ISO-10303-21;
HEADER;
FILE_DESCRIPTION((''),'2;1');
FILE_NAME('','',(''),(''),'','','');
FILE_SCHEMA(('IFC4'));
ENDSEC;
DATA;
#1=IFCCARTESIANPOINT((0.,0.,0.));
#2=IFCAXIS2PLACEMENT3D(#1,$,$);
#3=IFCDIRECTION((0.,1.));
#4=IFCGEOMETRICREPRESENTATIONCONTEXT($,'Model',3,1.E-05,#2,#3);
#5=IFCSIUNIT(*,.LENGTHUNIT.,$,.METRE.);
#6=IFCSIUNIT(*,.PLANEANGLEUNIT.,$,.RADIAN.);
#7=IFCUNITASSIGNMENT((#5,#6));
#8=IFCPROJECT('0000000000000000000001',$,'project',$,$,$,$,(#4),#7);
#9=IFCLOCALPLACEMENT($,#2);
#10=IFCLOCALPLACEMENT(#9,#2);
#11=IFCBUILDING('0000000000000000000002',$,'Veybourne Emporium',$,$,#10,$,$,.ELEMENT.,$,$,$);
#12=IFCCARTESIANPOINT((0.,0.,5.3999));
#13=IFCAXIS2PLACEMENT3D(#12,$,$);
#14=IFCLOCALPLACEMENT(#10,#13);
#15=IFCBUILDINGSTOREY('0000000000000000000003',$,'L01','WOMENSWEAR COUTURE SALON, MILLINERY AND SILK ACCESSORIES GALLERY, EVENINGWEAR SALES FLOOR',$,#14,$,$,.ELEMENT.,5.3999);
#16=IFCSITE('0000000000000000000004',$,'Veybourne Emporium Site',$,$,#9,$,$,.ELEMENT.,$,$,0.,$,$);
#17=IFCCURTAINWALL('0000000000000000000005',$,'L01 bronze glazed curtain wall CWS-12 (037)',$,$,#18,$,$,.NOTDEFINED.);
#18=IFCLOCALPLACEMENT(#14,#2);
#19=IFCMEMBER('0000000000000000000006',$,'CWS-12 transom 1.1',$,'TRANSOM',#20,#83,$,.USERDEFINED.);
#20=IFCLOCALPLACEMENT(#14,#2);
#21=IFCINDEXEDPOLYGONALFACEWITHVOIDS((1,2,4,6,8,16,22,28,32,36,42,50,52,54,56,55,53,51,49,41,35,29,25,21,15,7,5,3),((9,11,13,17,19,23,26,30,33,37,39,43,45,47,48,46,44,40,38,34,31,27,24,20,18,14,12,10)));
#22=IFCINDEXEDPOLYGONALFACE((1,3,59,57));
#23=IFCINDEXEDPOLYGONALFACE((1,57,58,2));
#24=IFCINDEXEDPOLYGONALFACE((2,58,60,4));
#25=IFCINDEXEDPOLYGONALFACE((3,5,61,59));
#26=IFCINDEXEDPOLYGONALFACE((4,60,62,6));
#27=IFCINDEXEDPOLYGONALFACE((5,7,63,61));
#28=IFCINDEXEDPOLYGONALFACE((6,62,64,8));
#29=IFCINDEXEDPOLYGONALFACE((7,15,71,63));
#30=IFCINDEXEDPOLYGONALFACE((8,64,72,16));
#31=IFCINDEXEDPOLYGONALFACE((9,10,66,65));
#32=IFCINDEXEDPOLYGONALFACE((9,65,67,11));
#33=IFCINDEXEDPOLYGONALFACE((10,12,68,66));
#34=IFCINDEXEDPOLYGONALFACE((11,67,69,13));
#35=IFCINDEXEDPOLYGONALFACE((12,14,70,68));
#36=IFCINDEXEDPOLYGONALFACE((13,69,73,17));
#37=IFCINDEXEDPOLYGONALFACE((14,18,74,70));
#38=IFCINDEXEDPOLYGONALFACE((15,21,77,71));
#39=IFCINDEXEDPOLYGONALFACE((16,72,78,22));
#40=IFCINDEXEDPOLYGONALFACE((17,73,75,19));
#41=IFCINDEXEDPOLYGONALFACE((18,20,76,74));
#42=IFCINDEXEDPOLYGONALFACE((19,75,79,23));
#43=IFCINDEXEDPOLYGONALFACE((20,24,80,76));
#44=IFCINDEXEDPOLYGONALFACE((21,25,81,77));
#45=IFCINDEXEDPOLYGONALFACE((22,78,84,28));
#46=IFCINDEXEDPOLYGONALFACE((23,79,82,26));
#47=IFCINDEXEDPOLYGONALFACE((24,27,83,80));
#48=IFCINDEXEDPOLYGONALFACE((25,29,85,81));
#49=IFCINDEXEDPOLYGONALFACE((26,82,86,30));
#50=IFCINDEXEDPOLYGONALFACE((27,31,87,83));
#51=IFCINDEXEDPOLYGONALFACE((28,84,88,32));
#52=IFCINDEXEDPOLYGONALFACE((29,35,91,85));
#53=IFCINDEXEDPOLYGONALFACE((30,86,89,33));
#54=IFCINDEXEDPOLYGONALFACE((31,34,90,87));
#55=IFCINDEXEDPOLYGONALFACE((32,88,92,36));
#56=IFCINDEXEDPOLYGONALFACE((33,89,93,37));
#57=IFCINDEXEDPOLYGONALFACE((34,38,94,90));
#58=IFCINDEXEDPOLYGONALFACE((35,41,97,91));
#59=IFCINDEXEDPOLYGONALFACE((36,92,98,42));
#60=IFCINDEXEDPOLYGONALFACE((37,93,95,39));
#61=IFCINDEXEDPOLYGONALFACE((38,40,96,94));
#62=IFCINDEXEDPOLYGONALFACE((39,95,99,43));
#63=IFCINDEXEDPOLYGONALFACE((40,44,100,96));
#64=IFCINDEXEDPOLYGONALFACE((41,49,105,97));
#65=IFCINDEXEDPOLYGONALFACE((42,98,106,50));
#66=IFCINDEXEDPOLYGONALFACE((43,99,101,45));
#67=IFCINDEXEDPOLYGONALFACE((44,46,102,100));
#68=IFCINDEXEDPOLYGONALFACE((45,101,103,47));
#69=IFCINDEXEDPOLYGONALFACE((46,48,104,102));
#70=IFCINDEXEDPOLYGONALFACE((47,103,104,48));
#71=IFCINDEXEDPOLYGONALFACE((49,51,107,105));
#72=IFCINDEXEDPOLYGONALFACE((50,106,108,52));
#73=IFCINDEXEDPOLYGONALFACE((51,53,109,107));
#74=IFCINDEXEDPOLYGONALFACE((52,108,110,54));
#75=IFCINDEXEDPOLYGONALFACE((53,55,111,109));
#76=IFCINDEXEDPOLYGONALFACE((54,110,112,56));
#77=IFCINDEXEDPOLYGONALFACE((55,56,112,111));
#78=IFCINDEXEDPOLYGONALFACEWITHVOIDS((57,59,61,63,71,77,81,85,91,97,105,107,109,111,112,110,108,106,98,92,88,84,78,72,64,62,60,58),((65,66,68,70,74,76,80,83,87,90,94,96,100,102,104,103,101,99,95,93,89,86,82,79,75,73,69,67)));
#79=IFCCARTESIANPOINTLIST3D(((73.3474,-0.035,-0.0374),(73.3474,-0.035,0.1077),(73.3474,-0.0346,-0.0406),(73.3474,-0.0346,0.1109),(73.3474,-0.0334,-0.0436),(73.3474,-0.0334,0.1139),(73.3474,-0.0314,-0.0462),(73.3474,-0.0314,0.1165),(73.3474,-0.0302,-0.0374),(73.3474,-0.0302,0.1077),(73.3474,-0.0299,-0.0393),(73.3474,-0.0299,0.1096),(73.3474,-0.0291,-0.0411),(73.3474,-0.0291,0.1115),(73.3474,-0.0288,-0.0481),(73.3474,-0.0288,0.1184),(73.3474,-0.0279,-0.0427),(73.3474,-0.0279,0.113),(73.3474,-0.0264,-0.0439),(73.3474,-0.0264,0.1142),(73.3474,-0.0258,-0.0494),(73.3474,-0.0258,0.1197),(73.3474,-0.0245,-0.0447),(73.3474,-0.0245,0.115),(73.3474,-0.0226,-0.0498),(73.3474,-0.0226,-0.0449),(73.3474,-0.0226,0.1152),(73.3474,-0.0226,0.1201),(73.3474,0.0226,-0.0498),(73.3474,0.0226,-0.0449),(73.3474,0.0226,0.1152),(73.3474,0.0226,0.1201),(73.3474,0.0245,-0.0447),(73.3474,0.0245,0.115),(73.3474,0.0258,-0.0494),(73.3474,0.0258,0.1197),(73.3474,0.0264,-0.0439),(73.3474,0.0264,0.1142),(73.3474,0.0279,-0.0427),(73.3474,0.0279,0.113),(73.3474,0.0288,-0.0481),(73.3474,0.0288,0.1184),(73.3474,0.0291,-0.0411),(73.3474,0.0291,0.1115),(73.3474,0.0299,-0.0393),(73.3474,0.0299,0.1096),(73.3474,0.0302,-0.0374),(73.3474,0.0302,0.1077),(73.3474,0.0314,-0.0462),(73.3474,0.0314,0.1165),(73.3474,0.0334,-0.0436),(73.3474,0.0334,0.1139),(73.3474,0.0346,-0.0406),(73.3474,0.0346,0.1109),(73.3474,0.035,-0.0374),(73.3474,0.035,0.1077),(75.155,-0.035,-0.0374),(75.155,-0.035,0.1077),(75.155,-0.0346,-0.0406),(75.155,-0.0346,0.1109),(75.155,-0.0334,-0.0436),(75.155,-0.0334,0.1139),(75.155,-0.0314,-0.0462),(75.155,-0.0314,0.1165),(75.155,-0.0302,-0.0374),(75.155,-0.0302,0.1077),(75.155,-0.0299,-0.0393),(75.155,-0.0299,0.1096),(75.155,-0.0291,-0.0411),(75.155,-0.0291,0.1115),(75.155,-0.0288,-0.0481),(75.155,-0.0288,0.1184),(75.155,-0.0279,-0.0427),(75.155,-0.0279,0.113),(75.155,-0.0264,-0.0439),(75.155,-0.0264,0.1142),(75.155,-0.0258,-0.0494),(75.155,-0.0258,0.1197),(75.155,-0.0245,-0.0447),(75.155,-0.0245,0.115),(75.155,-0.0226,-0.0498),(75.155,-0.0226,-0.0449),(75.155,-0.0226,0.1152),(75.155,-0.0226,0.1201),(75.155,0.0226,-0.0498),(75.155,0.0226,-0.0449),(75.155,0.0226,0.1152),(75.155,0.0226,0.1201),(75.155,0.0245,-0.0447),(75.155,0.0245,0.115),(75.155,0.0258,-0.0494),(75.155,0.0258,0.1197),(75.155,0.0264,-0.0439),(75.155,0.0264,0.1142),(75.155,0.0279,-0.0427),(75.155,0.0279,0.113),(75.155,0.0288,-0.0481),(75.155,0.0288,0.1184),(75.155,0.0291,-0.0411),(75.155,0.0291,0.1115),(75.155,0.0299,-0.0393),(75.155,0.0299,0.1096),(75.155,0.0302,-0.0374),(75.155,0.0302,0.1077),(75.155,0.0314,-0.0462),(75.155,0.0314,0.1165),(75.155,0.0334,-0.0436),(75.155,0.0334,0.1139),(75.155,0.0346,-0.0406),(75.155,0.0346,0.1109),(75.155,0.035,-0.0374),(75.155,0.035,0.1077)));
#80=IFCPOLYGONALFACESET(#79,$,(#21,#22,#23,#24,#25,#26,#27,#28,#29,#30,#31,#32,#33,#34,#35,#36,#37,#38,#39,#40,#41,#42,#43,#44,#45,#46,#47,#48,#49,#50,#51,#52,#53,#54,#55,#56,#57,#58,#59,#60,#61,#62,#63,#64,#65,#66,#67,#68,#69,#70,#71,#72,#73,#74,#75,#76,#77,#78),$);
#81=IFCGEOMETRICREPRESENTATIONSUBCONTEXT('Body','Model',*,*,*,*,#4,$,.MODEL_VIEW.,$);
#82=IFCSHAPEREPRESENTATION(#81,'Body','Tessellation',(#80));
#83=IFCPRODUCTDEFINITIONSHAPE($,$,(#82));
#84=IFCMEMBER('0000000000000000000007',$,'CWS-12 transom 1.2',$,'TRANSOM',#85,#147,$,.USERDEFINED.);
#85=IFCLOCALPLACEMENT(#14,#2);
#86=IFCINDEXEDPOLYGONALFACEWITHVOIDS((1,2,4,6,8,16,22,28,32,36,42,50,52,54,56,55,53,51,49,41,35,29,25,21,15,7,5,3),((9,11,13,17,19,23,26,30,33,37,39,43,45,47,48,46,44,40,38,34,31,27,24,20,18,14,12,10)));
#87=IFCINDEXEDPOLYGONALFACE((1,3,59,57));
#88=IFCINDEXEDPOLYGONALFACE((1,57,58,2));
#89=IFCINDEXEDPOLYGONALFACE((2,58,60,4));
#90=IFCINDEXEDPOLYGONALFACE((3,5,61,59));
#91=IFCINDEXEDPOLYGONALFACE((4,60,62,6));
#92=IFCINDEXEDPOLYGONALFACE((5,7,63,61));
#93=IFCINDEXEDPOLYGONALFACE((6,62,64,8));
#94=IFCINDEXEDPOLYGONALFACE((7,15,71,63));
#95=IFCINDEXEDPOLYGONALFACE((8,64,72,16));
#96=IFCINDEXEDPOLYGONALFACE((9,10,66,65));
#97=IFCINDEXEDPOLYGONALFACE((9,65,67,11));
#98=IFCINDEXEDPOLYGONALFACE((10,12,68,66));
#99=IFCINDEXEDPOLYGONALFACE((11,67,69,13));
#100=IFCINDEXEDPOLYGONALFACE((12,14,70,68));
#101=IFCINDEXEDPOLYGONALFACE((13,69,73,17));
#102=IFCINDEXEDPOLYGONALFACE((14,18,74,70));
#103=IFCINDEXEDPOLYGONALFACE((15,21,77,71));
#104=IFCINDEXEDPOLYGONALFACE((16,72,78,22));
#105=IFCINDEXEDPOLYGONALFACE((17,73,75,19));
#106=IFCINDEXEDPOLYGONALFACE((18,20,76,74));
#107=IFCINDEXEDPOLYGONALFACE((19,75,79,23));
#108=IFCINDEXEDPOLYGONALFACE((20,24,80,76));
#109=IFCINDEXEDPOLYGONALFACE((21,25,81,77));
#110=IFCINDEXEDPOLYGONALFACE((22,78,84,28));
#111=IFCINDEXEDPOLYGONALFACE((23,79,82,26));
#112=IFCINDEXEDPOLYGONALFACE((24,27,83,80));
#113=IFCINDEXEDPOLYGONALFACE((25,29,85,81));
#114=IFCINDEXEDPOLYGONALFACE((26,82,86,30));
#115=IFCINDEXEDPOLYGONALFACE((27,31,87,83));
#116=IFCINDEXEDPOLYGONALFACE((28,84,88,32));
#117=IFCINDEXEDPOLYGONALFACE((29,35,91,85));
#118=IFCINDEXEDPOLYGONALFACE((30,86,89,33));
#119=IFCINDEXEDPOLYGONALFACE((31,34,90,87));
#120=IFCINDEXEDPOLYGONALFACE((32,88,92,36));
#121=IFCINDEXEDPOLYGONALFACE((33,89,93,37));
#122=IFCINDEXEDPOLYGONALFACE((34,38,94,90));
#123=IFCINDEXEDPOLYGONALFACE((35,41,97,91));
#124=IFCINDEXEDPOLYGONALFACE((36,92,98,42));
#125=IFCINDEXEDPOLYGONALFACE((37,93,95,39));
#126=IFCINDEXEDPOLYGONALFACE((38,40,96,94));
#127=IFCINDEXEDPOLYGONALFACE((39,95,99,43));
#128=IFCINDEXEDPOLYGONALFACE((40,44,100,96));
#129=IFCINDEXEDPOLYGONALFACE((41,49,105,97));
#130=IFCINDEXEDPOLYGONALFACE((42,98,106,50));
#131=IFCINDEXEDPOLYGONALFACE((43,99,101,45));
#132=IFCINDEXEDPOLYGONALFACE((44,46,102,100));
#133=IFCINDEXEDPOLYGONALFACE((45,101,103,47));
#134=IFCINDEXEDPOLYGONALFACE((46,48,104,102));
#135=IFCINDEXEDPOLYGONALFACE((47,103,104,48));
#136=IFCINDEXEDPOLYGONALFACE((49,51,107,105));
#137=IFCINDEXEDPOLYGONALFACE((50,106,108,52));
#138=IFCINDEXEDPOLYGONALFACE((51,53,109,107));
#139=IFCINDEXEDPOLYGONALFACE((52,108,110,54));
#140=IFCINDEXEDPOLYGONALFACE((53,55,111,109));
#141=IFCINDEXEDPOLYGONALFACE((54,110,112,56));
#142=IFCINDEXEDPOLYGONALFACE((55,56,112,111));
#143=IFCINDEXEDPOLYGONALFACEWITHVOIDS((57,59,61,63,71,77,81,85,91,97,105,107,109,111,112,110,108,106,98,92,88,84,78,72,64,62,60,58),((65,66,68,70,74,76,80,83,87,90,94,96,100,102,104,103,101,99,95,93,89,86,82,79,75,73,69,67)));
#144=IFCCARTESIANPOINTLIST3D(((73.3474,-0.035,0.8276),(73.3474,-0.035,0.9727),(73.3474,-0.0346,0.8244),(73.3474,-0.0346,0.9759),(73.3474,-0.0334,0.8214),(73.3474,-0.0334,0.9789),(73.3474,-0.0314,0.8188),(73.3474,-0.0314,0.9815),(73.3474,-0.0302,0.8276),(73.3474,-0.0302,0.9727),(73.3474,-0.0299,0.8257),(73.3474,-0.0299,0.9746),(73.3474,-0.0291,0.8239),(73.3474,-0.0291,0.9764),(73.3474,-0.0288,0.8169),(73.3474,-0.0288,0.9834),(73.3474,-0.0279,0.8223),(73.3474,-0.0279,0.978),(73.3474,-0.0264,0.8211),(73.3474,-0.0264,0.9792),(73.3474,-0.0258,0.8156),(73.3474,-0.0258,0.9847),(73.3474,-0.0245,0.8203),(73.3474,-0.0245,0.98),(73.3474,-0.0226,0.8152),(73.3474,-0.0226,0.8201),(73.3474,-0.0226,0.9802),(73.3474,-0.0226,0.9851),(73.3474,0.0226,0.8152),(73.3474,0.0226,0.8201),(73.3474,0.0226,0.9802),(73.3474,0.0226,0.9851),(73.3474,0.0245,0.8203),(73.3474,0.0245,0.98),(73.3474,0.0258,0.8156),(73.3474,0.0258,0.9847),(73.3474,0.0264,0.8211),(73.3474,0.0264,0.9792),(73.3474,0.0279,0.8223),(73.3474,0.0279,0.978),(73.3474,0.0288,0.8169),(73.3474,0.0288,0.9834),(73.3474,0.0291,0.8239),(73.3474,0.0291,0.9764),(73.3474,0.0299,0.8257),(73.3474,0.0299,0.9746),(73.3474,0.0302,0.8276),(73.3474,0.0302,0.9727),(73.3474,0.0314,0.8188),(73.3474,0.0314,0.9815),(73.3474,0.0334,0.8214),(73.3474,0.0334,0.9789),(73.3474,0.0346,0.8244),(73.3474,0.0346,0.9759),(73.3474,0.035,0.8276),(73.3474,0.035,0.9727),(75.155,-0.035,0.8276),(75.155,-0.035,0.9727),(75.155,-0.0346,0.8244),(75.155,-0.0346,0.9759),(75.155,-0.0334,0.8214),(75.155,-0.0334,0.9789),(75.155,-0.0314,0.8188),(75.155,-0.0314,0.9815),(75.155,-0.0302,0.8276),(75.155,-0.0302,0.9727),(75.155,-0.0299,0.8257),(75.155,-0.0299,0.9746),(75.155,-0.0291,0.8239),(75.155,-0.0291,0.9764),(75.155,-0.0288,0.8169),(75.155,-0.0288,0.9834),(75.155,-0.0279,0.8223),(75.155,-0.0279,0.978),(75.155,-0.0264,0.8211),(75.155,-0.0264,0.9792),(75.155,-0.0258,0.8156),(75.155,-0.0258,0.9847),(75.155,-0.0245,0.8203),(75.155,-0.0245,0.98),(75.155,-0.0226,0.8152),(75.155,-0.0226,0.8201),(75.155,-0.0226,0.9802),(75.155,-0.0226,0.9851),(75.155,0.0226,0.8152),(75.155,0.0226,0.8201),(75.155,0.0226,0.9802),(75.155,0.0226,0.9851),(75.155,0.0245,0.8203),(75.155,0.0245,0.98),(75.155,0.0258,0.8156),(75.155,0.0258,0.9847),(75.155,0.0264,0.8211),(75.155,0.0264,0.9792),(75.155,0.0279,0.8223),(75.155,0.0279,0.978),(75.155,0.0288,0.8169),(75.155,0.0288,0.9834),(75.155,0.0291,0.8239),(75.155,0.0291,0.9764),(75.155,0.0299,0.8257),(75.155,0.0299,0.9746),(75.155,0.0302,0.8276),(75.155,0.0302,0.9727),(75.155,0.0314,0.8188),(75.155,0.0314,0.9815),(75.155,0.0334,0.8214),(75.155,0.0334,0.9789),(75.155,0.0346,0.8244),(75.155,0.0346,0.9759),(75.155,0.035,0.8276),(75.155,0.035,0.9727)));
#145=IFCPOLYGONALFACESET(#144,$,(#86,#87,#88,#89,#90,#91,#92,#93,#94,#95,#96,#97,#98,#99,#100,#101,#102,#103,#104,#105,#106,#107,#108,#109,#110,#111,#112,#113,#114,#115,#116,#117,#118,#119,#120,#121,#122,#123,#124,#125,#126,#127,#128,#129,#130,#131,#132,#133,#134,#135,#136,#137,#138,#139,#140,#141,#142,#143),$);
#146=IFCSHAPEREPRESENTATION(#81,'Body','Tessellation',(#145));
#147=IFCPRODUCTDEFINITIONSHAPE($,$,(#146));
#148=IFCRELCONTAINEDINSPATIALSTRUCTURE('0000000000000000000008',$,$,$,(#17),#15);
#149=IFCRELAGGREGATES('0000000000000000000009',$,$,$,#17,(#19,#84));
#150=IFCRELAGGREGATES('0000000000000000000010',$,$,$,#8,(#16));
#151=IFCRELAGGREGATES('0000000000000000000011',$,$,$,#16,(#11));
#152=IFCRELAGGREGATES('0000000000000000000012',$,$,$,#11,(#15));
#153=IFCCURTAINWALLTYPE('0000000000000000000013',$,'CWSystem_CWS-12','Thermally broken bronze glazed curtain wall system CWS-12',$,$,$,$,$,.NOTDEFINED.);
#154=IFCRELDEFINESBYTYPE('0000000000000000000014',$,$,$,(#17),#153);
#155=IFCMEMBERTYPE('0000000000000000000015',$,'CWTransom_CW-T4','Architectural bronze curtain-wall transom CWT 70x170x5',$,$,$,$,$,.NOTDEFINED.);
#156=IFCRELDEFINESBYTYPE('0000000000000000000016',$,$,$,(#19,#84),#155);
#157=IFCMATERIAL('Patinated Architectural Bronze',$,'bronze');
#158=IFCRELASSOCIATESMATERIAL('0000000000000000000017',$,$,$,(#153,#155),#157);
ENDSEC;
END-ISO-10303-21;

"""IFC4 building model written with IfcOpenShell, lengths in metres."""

from ifc_helpers import new_model, si_unit, direction, frame, origin, origin_2d, place, context, subcontext, project, spatial, hollow_rectangle, extrude, material, material_profile, profile_set, type_object, element, aggregate, save


model = new_model("IFC4")

# Units and contexts
model_context = context("Model", 3, precision=1e-05, world=origin(), true_north=direction((0.0, 1.0)))
body_context = subcontext(model_context, "Body", "Model", "MODEL_VIEW")
ifc_project = project(units=[si_unit("LENGTHUNIT", "METRE"), si_unit("PLANEANGLEUNIT", "RADIAN")], contexts=[model_context])

# Site, building, storey
site_placement = place(None, origin())
site = spatial("IfcSite", under=ifc_project, at=site_placement, Name="Veybourne Emporium Site", CompositionType="ELEMENT", RefElevation=0.0)
building_placement = place(site_placement, origin())
building = spatial("IfcBuilding", under=site, at=building_placement, Name="Veybourne Emporium", CompositionType="ELEMENT")
storey_placement = place(building_placement, frame((0.0, 0.0, 5.3999)))
storey = spatial("IfcBuildingStorey", under=building, at=storey_placement, Name="L01", Description="WOMENSWEAR COUTURE SALON, MILLINERY AND SILK ACCESSORIES GALLERY, EVENINGWEAR SALES FLOOR", CompositionType="ELEMENT", Elevation=5.3999)

# Curtain wall, members
ifc_material_1 = material(Name="Patinated Architectural Bronze", Category="bronze")
curtain_wall_type = type_object("IfcCurtainWallType", Name="CWSystem_CWS-12", Description="Thermally broken bronze glazed curtain wall system CWS-12", PredefinedType="NOTDEFINED", material=ifc_material_1)
curtain_wall_placement = place(storey_placement, origin())
curtain_wall = element("IfcCurtainWall", 1, at=curtain_wall_placement, inside=storey, type_object=curtain_wall_type, Name="L01 bronze glazed curtain wall CWS-12 (037)", PredefinedType="NOTDEFINED")
ifc_material_profile_1 = material_profile(ifc_material_1, hollow_rectangle(XDim=0.0701, YDim=0.1699, WallThickness=0.0049, InnerFilletRadius=0.0076, OuterFilletRadius=0.0125, at=origin_2d()), Name="CWT 70x170x5")
ifc_profile_set_1 = profile_set([ifc_material_profile_1], Name="Patinated Architectural Bronze")
member_type_1 = type_object("IfcMemberType", Name="CWTransom_CW-T4", Description="Architectural bronze curtain-wall transom CWT 70x170x5", PredefinedType="NOTDEFINED", material=ifc_profile_set_1)
member_1_placement = place(storey_placement, frame((75.155, 0.0, 0.0352), z_axis=(-1.0, 0.0, 0.0), x_axis=(0.0, -1.0, 0.0)))
member_1 = element("IfcMember", 2, at=member_1_placement, type_object=member_type_1, Name="CWS-12 transom 1.1", ObjectType="TRANSOM", PredefinedType="USERDEFINED", context=body_context, shape_type="SweptSolid", body=[
    extrude(hollow_rectangle(XDim=0.0701, YDim=0.1699, WallThickness=0.0049, InnerFilletRadius=0.0076, OuterFilletRadius=0.0125, at=origin_2d()), origin(), (0.0, 0.0, 1.0), 1.8076),
])
member_2_placement = place(storey_placement, frame((75.155, 0.0, 0.9001), z_axis=(-1.0, 0.0, 0.0), x_axis=(0.0, -1.0, 0.0)))
member_2 = element("IfcMember", 3, at=member_2_placement, type_object=member_type_1, Name="CWS-12 transom 1.2", ObjectType="TRANSOM", PredefinedType="USERDEFINED", context=body_context, shape_type="SweptSolid", body=[
    extrude(hollow_rectangle(XDim=0.0701, YDim=0.1699, WallThickness=0.0049, InnerFilletRadius=0.0076, OuterFilletRadius=0.0125, at=origin_2d()), origin(), (0.0, 0.0, 1.0), 1.8076),
])

aggregate(curtain_wall, [member_1, member_2])

save(model, "model.ifc")
